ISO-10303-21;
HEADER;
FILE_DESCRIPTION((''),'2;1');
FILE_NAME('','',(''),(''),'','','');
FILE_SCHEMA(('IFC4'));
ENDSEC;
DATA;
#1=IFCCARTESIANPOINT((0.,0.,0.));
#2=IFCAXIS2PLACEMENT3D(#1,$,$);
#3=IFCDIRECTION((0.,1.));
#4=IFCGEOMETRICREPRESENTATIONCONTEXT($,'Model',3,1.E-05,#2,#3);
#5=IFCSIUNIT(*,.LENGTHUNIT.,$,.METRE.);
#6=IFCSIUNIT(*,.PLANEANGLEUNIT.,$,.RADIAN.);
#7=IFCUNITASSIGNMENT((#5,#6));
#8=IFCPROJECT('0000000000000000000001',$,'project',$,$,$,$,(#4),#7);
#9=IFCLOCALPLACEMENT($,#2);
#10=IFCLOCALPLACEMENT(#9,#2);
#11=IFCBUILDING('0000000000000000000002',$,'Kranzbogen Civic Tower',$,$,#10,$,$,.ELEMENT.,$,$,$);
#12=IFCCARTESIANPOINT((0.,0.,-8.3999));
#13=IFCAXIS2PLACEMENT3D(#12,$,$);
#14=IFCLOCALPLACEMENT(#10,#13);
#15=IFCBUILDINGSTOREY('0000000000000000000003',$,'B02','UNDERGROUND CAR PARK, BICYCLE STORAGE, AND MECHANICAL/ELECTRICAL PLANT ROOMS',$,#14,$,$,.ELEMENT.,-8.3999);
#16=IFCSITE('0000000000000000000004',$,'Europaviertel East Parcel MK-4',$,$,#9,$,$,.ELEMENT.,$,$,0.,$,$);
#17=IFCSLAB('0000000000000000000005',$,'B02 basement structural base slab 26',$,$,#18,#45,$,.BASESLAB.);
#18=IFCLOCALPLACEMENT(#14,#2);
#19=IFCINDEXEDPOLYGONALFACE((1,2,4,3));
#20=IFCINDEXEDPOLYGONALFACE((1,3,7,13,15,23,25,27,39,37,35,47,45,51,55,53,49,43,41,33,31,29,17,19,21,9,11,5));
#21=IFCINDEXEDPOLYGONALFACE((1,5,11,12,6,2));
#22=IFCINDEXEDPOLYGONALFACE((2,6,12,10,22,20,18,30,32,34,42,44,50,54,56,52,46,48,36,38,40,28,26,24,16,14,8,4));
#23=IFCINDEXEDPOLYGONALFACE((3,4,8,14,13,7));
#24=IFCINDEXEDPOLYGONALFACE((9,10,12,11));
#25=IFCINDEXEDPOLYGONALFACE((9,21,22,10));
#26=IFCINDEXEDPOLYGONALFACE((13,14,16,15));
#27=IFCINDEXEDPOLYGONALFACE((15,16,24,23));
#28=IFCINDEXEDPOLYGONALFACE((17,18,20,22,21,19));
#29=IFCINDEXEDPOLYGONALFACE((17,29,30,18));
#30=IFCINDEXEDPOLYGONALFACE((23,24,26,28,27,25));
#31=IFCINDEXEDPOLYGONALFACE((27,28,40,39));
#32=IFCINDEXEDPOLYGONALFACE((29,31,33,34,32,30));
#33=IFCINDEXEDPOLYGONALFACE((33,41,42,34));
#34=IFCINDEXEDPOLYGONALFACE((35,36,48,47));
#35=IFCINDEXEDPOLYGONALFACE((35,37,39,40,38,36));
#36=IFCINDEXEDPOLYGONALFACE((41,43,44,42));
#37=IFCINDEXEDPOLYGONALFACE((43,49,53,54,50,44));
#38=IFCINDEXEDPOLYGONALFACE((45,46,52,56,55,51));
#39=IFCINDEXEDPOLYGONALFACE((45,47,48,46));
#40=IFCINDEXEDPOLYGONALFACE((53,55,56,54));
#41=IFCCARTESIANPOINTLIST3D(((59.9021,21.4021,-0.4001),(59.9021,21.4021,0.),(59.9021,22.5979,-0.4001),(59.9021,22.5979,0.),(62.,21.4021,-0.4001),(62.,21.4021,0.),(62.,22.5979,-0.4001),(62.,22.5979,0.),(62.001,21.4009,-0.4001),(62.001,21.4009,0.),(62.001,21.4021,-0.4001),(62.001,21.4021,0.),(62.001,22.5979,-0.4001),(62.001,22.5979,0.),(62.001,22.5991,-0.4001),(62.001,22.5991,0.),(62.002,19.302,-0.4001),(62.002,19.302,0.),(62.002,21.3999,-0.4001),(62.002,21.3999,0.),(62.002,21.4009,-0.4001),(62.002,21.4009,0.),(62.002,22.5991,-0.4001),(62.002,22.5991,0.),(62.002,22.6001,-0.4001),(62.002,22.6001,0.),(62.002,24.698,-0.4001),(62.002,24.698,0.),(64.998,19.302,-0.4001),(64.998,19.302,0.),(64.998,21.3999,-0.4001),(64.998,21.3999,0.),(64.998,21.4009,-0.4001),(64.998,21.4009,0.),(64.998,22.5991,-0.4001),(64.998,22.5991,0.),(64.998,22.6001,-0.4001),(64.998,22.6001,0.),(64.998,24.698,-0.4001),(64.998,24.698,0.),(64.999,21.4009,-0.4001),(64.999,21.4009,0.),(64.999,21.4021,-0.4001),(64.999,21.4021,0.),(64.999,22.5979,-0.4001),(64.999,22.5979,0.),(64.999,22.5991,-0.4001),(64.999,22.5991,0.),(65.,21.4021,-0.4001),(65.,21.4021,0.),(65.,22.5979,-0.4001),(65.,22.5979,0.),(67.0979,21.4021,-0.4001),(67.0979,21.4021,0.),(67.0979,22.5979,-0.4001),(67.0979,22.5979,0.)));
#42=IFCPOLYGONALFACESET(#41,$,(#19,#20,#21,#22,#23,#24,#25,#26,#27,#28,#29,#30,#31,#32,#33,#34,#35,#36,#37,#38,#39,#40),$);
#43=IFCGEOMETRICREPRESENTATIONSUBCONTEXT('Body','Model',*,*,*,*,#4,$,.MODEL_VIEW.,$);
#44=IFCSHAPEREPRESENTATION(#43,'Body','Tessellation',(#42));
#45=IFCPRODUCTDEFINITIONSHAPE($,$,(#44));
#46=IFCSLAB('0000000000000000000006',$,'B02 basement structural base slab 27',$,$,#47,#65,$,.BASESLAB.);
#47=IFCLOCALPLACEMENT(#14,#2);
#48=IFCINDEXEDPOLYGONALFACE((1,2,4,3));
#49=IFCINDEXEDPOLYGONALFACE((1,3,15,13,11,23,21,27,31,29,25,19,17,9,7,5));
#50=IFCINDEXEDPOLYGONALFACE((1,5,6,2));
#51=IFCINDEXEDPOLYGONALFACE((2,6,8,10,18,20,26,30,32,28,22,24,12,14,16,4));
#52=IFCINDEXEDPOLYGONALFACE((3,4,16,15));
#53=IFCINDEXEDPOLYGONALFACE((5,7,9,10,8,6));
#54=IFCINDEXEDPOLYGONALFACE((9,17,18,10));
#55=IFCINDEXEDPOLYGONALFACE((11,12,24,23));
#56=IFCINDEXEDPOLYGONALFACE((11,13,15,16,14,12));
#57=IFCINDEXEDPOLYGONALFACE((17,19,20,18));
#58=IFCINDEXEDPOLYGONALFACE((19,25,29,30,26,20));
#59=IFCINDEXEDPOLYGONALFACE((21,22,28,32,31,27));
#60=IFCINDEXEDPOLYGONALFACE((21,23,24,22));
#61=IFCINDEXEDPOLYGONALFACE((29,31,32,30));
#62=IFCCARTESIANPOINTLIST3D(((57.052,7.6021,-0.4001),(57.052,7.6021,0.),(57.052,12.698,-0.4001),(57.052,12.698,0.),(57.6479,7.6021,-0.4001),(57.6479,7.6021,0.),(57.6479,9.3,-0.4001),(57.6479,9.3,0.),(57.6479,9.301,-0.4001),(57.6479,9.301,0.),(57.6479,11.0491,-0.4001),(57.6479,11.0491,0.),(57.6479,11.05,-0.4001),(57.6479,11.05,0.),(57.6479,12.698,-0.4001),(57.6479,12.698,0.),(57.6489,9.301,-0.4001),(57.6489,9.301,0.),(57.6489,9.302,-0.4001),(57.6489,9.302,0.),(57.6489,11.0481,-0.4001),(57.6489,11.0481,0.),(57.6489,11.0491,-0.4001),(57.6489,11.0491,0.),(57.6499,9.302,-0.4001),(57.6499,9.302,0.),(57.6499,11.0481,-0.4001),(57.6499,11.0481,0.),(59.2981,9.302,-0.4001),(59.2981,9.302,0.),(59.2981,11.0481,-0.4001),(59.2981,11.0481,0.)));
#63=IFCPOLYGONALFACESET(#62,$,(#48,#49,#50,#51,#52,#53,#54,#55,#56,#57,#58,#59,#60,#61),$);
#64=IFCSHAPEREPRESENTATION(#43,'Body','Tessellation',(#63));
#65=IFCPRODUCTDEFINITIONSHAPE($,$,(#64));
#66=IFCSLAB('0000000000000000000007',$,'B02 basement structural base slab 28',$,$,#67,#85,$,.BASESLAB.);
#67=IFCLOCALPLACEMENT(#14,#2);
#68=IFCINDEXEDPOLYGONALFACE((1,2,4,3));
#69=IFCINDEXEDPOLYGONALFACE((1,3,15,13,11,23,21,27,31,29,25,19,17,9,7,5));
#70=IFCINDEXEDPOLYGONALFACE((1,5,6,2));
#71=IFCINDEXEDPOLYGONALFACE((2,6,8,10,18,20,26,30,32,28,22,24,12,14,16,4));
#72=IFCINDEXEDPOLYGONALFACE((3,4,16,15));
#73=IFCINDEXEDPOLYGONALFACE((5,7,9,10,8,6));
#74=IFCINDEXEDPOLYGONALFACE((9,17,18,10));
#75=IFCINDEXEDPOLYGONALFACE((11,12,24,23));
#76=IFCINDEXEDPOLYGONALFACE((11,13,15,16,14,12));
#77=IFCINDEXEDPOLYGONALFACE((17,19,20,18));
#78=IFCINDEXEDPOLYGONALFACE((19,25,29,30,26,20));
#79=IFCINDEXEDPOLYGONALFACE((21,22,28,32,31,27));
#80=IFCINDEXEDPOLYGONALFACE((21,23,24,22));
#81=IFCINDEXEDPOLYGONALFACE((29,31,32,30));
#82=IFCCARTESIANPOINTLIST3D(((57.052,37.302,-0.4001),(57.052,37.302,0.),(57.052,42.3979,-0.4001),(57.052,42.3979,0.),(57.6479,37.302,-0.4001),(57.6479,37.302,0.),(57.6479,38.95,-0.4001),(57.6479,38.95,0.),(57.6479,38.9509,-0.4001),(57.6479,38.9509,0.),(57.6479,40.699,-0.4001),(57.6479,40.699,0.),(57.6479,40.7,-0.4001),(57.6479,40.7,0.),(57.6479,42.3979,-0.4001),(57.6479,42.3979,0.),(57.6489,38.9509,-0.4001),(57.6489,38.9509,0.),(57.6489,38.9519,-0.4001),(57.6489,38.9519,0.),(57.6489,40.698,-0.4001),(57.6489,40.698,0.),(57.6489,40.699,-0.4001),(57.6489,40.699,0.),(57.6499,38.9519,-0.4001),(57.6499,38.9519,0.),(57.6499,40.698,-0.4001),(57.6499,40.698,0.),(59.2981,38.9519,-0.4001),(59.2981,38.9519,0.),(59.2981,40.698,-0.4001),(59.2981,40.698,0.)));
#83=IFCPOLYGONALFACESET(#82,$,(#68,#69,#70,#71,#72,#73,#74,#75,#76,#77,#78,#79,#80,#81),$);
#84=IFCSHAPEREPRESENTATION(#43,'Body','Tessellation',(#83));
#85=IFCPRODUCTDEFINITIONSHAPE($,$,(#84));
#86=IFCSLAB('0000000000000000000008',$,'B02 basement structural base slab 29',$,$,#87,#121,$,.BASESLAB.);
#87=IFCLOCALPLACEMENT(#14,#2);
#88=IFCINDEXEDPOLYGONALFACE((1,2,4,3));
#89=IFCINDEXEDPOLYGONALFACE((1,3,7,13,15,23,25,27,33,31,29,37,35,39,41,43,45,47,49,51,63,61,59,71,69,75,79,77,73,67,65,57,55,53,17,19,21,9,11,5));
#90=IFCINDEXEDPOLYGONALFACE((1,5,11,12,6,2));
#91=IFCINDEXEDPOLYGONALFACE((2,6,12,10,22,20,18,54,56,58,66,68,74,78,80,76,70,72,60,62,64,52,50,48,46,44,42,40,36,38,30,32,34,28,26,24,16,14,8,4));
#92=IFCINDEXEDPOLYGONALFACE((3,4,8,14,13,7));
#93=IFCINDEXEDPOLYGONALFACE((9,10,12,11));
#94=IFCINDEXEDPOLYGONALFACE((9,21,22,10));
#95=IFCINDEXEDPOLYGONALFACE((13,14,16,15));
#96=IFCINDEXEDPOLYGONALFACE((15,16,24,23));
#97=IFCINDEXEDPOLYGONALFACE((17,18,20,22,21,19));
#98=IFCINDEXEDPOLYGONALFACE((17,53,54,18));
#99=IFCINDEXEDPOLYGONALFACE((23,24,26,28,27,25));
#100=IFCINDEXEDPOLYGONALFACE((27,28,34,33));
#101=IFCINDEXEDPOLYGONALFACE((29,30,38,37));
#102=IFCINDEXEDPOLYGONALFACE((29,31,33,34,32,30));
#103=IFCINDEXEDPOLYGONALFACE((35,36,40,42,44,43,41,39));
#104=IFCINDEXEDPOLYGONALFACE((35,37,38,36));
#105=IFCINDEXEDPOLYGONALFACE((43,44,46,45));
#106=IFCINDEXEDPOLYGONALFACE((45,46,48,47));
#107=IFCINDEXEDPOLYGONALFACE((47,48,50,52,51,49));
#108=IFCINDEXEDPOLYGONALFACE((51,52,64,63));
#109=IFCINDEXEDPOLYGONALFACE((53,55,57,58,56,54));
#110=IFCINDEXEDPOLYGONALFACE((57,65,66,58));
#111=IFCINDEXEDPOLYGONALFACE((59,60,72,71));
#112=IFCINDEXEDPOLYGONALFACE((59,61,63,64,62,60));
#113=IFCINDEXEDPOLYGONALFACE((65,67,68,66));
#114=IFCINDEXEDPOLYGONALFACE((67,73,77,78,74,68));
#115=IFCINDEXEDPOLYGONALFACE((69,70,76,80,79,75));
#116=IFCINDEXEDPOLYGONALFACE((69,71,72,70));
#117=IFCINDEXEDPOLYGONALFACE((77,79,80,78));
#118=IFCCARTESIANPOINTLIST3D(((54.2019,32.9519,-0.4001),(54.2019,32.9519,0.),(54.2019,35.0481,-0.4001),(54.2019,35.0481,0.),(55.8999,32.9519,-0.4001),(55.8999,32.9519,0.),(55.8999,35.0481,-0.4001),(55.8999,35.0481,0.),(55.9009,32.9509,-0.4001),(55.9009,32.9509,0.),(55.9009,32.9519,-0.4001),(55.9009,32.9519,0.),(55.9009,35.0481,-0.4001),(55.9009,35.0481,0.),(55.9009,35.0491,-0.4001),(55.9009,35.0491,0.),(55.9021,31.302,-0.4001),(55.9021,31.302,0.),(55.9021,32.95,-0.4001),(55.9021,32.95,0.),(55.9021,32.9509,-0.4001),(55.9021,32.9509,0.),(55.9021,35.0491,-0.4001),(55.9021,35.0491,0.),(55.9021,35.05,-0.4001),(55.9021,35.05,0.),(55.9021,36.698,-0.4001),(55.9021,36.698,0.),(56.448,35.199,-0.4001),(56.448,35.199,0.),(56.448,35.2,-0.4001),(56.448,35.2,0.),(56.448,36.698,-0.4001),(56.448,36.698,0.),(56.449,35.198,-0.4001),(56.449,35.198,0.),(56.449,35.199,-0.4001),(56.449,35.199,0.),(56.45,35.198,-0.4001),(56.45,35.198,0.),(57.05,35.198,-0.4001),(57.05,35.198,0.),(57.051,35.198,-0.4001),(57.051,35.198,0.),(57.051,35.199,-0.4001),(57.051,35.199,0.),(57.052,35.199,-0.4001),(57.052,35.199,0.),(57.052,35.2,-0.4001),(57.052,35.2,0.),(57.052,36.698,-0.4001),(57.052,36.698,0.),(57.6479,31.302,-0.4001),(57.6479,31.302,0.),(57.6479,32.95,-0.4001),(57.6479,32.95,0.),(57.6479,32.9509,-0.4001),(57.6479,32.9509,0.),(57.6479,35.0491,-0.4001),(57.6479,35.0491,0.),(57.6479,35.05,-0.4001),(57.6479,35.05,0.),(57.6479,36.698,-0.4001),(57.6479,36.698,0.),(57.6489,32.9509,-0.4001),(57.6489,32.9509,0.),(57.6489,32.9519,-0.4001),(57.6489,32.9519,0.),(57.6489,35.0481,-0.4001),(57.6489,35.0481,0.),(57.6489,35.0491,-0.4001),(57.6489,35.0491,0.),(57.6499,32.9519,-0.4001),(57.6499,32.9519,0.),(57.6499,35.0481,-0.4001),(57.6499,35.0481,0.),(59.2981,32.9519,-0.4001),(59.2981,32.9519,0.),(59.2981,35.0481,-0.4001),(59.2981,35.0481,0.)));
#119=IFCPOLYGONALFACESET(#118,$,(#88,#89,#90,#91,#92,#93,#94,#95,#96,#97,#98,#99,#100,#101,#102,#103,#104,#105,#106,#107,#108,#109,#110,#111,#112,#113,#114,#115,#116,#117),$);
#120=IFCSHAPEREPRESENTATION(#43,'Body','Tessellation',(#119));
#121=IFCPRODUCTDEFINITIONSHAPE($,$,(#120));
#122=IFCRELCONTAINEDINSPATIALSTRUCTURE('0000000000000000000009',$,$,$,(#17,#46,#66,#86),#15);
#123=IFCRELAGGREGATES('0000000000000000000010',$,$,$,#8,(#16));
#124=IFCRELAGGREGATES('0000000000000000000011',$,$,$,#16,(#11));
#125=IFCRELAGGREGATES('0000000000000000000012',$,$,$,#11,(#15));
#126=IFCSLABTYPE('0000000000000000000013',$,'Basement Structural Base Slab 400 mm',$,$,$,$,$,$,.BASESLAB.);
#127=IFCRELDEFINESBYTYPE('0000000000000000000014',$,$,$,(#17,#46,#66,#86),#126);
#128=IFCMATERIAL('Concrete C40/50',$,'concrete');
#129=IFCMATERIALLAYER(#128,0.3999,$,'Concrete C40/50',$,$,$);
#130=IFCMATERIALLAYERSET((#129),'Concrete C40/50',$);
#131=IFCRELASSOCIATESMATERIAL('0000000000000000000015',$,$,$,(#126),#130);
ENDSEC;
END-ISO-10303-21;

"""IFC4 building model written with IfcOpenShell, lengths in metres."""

from ifc_helpers import new_model, si_unit, direction, frame, origin, place, context, subcontext, project, spatial, polyline, outline, extrude, material, layer, layer_set, type_object, element, save


model = new_model("IFC4")

# Units and contexts
model_context = context("Model", 3, precision=1e-05, world=origin(), true_north=direction((0.0, 1.0)))
body_context = subcontext(model_context, "Body", "Model", "MODEL_VIEW")
ifc_project = project(units=[si_unit("LENGTHUNIT", "METRE"), si_unit("PLANEANGLEUNIT", "RADIAN")], contexts=[model_context])

# Site, building, storey
site_placement = place(None, origin())
site = spatial("IfcSite", under=ifc_project, at=site_placement, Name="Europaviertel East Parcel MK-4", CompositionType="ELEMENT", RefElevation=0.0)
building_placement = place(site_placement, origin())
building = spatial("IfcBuilding", under=site, at=building_placement, Name="Kranzbogen Civic Tower", CompositionType="ELEMENT")
storey_placement = place(building_placement, frame((0.0, 0.0, -8.3999)))
storey = spatial("IfcBuildingStorey", under=building, at=storey_placement, Name="B02", Description="UNDERGROUND CAR PARK, BICYCLE STORAGE, AND MECHANICAL/ELECTRICAL PLANT ROOMS", CompositionType="ELEMENT", Elevation=-8.3999)

# Slabs
ifc_material_1 = material(Name="Concrete C40/50", Category="concrete")
ifc_layer_1 = layer(ifc_material_1, 0.3999, Name="Concrete C40/50")
ifc_layer_set_1 = layer_set([ifc_layer_1], Name="Concrete C40/50")
slab_type_1 = type_object("IfcSlabType", Name="Basement Structural Base Slab 400 mm", PredefinedType="BASESLAB", material=ifc_layer_set_1)
slab_1_placement = place(storey_placement, frame((0.0, 0.0, -0.4001)))
element("IfcSlab", 1, at=slab_1_placement, inside=storey, type_object=slab_type_1, Name="B02 basement structural base slab 26", PredefinedType="BASESLAB", context=body_context, shape_type="SweptSolid", body=[
    extrude(outline(polyline([(59.9021, 21.4021), (62.0, 21.4021), (62.0, 21.4021), (62.0, 21.4021), (62.001, 21.4021), (62.001, 21.4021), (62.001, 21.4021), (62.001, 21.4021), (62.001, 21.4021), (62.001, 21.4009), (62.002, 21.4009), (62.002, 21.4009), (62.002, 21.4009), (62.002, 21.4009), (62.002, 21.4009), (62.002, 21.3999), (62.002, 21.3999), (62.002, 21.3999), (62.002, 19.302), (64.998, 19.302), (64.998, 21.3999), (64.998, 21.3999), (64.998, 21.3999), (64.998, 21.4009), (64.998, 21.4009), (64.998, 21.4009), (64.998, 21.4009), (64.998, 21.4009), (64.999, 21.4009), (64.999, 21.4021), (64.999, 21.4021), (64.999, 21.4021), (64.999, 21.4021), (64.999, 21.4021), (65.0, 21.4021), (65.0, 21.4021), (65.0, 21.4021), (67.0979, 21.4021), (67.0979, 22.5979), (65.0, 22.5979), (65.0, 22.5979), (65.0, 22.5979), (64.999, 22.5979), (64.999, 22.5979), (64.999, 22.5979), (64.999, 22.5979), (64.999, 22.5979), (64.999, 22.5991), (64.998, 22.5991), (64.998, 22.5991), (64.998, 22.5991), (64.998, 22.5991), (64.998, 22.5991), (64.998, 22.6001), (64.998, 22.6001), (64.998, 22.6001), (64.998, 24.698), (62.002, 24.698), (62.002, 22.6001), (62.002, 22.6001), (62.002, 22.6001), (62.002, 22.5991), (62.002, 22.5991), (62.002, 22.5991), (62.002, 22.5991), (62.002, 22.5991), (62.001, 22.5991), (62.001, 22.5979), (62.001, 22.5979), (62.001, 22.5979), (62.001, 22.5979), (62.001, 22.5979), (62.0, 22.5979), (62.0, 22.5979), (62.0, 22.5979), (59.9021, 22.5979), (59.9021, 21.4021)])), origin(), (0.0, 0.0, 1.0), 0.4001),
])
slab_2_placement = place(storey_placement, frame((0.0, 0.0, -0.4001)))
element("IfcSlab", 2, at=slab_2_placement, inside=storey, type_object=slab_type_1, Name="B02 basement structural base slab 27", PredefinedType="BASESLAB", context=body_context, shape_type="SweptSolid", body=[
    extrude(outline(polyline([(59.2981, 9.302), (59.2981, 11.0481), (57.6499, 11.0481), (57.6499, 11.0481), (57.6499, 11.0481), (57.6489, 11.0481), (57.6489, 11.0481), (57.6489, 11.0481), (57.6489, 11.0481), (57.6489, 11.0481), (57.6489, 11.0491), (57.6479, 11.0491), (57.6479, 11.0491), (57.6479, 11.0491), (57.6479, 11.0491), (57.6479, 11.0491), (57.6479, 11.05), (57.6479, 11.05), (57.6479, 11.05), (57.6479, 12.698), (57.052, 12.698), (57.052, 7.6021), (57.6479, 7.6021), (57.6479, 9.3), (57.6479, 9.3), (57.6479, 9.3), (57.6479, 9.301), (57.6479, 9.301), (57.6479, 9.301), (57.6479, 9.301), (57.6479, 9.301), (57.6489, 9.301), (57.6489, 9.302), (57.6489, 9.302), (57.6489, 9.302), (57.6489, 9.302), (57.6489, 9.302), (57.6499, 9.302), (57.6499, 9.302), (57.6499, 9.302), (59.2981, 9.302)])), origin(), (0.0, 0.0, 1.0), 0.4001),
])
slab_3_placement = place(storey_placement, frame((0.0, 0.0, -0.4001)))
element("IfcSlab", 3, at=slab_3_placement, inside=storey, type_object=slab_type_1, Name="B02 basement structural base slab 28", PredefinedType="BASESLAB", context=body_context, shape_type="SweptSolid", body=[
    extrude(outline(polyline([(57.052, 42.3979), (57.052, 37.302), (57.6479, 37.302), (57.6479, 38.95), (57.6479, 38.95), (57.6479, 38.95), (57.6479, 38.9509), (57.6479, 38.9509), (57.6479, 38.9509), (57.6479, 38.9509), (57.6479, 38.9509), (57.6489, 38.9509), (57.6489, 38.9519), (57.6489, 38.9519), (57.6489, 38.9519), (57.6489, 38.9519), (57.6489, 38.9519), (57.6499, 38.9519), (57.6499, 38.9519), (57.6499, 38.9519), (59.2981, 38.9519), (59.2981, 40.698), (57.6499, 40.698), (57.6499, 40.698), (57.6499, 40.698), (57.6489, 40.698), (57.6489, 40.698), (57.6489, 40.698), (57.6489, 40.698), (57.6489, 40.698), (57.6489, 40.699), (57.6479, 40.699), (57.6479, 40.699), (57.6479, 40.699), (57.6479, 40.699), (57.6479, 40.699), (57.6479, 40.7), (57.6479, 40.7), (57.6479, 40.7), (57.6479, 42.3979), (57.052, 42.3979)])), origin(), (0.0, 0.0, 1.0), 0.4001),
])
slab_4_placement = place(storey_placement, frame((0.0, 0.0, -0.4001)))
element("IfcSlab", 4, at=slab_4_placement, inside=storey, type_object=slab_type_1, Name="B02 basement structural base slab 29", PredefinedType="BASESLAB", context=body_context, shape_type="SweptSolid", body=[
    extrude(outline(polyline([(57.052, 36.698), (57.052, 35.2), (57.052, 35.2), (57.052, 35.2), (57.052, 35.199), (57.052, 35.199), (57.052, 35.199), (57.052, 35.199), (57.052, 35.199), (57.051, 35.199), (57.051, 35.198), (57.051, 35.198), (57.051, 35.198), (57.051, 35.198), (57.051, 35.198), (57.05, 35.198), (57.05, 35.198), (57.05, 35.198), (56.45, 35.198), (56.45, 35.198), (56.45, 35.198), (56.449, 35.198), (56.449, 35.198), (56.449, 35.198), (56.449, 35.198), (56.449, 35.198), (56.449, 35.199), (56.448, 35.199), (56.448, 35.199), (56.448, 35.199), (56.448, 35.199), (56.448, 35.199), (56.448, 35.2), (56.448, 35.2), (56.448, 35.2), (56.448, 36.698), (55.9021, 36.698), (55.9021, 35.05), (55.9021, 35.05), (55.9021, 35.05), (55.9021, 35.0491), (55.9021, 35.0491), (55.9021, 35.0491), (55.9021, 35.0491), (55.9021, 35.0491), (55.9009, 35.0491), (55.9009, 35.0481), (55.9009, 35.0481), (55.9009, 35.0481), (55.9009, 35.0481), (55.9009, 35.0481), (55.8999, 35.0481), (55.8999, 35.0481), (55.8999, 35.0481), (54.2019, 35.0481), (54.2019, 32.9519), (55.8999, 32.9519), (55.8999, 32.9519), (55.8999, 32.9519), (55.9009, 32.9519), (55.9009, 32.9519), (55.9009, 32.9519), (55.9009, 32.9519), (55.9009, 32.9519), (55.9009, 32.9509), (55.9021, 32.9509), (55.9021, 32.9509), (55.9021, 32.9509), (55.9021, 32.9509), (55.9021, 32.9509), (55.9021, 32.95), (55.9021, 32.95), (55.9021, 32.95), (55.9021, 31.302), (57.6479, 31.302), (57.6479, 32.95), (57.6479, 32.95), (57.6479, 32.95), (57.6479, 32.9509), (57.6479, 32.9509), (57.6479, 32.9509), (57.6479, 32.9509), (57.6479, 32.9509), (57.6489, 32.9509), (57.6489, 32.9519), (57.6489, 32.9519), (57.6489, 32.9519), (57.6489, 32.9519), (57.6489, 32.9519), (57.6499, 32.9519), (57.6499, 32.9519), (57.6499, 32.9519), (59.2981, 32.9519), (59.2981, 35.0481), (57.6499, 35.0481), (57.6499, 35.0481), (57.6499, 35.0481), (57.6489, 35.0481), (57.6489, 35.0481), (57.6489, 35.0481), (57.6489, 35.0481), (57.6489, 35.0481), (57.6489, 35.0491), (57.6479, 35.0491), (57.6479, 35.0491), (57.6479, 35.0491), (57.6479, 35.0491), (57.6479, 35.0491), (57.6479, 35.05), (57.6479, 35.05), (57.6479, 35.05), (57.6479, 36.698), (57.052, 36.698)])), origin(), (0.0, 0.0, 1.0), 0.4001),
])

save(model, "model.ifc")
